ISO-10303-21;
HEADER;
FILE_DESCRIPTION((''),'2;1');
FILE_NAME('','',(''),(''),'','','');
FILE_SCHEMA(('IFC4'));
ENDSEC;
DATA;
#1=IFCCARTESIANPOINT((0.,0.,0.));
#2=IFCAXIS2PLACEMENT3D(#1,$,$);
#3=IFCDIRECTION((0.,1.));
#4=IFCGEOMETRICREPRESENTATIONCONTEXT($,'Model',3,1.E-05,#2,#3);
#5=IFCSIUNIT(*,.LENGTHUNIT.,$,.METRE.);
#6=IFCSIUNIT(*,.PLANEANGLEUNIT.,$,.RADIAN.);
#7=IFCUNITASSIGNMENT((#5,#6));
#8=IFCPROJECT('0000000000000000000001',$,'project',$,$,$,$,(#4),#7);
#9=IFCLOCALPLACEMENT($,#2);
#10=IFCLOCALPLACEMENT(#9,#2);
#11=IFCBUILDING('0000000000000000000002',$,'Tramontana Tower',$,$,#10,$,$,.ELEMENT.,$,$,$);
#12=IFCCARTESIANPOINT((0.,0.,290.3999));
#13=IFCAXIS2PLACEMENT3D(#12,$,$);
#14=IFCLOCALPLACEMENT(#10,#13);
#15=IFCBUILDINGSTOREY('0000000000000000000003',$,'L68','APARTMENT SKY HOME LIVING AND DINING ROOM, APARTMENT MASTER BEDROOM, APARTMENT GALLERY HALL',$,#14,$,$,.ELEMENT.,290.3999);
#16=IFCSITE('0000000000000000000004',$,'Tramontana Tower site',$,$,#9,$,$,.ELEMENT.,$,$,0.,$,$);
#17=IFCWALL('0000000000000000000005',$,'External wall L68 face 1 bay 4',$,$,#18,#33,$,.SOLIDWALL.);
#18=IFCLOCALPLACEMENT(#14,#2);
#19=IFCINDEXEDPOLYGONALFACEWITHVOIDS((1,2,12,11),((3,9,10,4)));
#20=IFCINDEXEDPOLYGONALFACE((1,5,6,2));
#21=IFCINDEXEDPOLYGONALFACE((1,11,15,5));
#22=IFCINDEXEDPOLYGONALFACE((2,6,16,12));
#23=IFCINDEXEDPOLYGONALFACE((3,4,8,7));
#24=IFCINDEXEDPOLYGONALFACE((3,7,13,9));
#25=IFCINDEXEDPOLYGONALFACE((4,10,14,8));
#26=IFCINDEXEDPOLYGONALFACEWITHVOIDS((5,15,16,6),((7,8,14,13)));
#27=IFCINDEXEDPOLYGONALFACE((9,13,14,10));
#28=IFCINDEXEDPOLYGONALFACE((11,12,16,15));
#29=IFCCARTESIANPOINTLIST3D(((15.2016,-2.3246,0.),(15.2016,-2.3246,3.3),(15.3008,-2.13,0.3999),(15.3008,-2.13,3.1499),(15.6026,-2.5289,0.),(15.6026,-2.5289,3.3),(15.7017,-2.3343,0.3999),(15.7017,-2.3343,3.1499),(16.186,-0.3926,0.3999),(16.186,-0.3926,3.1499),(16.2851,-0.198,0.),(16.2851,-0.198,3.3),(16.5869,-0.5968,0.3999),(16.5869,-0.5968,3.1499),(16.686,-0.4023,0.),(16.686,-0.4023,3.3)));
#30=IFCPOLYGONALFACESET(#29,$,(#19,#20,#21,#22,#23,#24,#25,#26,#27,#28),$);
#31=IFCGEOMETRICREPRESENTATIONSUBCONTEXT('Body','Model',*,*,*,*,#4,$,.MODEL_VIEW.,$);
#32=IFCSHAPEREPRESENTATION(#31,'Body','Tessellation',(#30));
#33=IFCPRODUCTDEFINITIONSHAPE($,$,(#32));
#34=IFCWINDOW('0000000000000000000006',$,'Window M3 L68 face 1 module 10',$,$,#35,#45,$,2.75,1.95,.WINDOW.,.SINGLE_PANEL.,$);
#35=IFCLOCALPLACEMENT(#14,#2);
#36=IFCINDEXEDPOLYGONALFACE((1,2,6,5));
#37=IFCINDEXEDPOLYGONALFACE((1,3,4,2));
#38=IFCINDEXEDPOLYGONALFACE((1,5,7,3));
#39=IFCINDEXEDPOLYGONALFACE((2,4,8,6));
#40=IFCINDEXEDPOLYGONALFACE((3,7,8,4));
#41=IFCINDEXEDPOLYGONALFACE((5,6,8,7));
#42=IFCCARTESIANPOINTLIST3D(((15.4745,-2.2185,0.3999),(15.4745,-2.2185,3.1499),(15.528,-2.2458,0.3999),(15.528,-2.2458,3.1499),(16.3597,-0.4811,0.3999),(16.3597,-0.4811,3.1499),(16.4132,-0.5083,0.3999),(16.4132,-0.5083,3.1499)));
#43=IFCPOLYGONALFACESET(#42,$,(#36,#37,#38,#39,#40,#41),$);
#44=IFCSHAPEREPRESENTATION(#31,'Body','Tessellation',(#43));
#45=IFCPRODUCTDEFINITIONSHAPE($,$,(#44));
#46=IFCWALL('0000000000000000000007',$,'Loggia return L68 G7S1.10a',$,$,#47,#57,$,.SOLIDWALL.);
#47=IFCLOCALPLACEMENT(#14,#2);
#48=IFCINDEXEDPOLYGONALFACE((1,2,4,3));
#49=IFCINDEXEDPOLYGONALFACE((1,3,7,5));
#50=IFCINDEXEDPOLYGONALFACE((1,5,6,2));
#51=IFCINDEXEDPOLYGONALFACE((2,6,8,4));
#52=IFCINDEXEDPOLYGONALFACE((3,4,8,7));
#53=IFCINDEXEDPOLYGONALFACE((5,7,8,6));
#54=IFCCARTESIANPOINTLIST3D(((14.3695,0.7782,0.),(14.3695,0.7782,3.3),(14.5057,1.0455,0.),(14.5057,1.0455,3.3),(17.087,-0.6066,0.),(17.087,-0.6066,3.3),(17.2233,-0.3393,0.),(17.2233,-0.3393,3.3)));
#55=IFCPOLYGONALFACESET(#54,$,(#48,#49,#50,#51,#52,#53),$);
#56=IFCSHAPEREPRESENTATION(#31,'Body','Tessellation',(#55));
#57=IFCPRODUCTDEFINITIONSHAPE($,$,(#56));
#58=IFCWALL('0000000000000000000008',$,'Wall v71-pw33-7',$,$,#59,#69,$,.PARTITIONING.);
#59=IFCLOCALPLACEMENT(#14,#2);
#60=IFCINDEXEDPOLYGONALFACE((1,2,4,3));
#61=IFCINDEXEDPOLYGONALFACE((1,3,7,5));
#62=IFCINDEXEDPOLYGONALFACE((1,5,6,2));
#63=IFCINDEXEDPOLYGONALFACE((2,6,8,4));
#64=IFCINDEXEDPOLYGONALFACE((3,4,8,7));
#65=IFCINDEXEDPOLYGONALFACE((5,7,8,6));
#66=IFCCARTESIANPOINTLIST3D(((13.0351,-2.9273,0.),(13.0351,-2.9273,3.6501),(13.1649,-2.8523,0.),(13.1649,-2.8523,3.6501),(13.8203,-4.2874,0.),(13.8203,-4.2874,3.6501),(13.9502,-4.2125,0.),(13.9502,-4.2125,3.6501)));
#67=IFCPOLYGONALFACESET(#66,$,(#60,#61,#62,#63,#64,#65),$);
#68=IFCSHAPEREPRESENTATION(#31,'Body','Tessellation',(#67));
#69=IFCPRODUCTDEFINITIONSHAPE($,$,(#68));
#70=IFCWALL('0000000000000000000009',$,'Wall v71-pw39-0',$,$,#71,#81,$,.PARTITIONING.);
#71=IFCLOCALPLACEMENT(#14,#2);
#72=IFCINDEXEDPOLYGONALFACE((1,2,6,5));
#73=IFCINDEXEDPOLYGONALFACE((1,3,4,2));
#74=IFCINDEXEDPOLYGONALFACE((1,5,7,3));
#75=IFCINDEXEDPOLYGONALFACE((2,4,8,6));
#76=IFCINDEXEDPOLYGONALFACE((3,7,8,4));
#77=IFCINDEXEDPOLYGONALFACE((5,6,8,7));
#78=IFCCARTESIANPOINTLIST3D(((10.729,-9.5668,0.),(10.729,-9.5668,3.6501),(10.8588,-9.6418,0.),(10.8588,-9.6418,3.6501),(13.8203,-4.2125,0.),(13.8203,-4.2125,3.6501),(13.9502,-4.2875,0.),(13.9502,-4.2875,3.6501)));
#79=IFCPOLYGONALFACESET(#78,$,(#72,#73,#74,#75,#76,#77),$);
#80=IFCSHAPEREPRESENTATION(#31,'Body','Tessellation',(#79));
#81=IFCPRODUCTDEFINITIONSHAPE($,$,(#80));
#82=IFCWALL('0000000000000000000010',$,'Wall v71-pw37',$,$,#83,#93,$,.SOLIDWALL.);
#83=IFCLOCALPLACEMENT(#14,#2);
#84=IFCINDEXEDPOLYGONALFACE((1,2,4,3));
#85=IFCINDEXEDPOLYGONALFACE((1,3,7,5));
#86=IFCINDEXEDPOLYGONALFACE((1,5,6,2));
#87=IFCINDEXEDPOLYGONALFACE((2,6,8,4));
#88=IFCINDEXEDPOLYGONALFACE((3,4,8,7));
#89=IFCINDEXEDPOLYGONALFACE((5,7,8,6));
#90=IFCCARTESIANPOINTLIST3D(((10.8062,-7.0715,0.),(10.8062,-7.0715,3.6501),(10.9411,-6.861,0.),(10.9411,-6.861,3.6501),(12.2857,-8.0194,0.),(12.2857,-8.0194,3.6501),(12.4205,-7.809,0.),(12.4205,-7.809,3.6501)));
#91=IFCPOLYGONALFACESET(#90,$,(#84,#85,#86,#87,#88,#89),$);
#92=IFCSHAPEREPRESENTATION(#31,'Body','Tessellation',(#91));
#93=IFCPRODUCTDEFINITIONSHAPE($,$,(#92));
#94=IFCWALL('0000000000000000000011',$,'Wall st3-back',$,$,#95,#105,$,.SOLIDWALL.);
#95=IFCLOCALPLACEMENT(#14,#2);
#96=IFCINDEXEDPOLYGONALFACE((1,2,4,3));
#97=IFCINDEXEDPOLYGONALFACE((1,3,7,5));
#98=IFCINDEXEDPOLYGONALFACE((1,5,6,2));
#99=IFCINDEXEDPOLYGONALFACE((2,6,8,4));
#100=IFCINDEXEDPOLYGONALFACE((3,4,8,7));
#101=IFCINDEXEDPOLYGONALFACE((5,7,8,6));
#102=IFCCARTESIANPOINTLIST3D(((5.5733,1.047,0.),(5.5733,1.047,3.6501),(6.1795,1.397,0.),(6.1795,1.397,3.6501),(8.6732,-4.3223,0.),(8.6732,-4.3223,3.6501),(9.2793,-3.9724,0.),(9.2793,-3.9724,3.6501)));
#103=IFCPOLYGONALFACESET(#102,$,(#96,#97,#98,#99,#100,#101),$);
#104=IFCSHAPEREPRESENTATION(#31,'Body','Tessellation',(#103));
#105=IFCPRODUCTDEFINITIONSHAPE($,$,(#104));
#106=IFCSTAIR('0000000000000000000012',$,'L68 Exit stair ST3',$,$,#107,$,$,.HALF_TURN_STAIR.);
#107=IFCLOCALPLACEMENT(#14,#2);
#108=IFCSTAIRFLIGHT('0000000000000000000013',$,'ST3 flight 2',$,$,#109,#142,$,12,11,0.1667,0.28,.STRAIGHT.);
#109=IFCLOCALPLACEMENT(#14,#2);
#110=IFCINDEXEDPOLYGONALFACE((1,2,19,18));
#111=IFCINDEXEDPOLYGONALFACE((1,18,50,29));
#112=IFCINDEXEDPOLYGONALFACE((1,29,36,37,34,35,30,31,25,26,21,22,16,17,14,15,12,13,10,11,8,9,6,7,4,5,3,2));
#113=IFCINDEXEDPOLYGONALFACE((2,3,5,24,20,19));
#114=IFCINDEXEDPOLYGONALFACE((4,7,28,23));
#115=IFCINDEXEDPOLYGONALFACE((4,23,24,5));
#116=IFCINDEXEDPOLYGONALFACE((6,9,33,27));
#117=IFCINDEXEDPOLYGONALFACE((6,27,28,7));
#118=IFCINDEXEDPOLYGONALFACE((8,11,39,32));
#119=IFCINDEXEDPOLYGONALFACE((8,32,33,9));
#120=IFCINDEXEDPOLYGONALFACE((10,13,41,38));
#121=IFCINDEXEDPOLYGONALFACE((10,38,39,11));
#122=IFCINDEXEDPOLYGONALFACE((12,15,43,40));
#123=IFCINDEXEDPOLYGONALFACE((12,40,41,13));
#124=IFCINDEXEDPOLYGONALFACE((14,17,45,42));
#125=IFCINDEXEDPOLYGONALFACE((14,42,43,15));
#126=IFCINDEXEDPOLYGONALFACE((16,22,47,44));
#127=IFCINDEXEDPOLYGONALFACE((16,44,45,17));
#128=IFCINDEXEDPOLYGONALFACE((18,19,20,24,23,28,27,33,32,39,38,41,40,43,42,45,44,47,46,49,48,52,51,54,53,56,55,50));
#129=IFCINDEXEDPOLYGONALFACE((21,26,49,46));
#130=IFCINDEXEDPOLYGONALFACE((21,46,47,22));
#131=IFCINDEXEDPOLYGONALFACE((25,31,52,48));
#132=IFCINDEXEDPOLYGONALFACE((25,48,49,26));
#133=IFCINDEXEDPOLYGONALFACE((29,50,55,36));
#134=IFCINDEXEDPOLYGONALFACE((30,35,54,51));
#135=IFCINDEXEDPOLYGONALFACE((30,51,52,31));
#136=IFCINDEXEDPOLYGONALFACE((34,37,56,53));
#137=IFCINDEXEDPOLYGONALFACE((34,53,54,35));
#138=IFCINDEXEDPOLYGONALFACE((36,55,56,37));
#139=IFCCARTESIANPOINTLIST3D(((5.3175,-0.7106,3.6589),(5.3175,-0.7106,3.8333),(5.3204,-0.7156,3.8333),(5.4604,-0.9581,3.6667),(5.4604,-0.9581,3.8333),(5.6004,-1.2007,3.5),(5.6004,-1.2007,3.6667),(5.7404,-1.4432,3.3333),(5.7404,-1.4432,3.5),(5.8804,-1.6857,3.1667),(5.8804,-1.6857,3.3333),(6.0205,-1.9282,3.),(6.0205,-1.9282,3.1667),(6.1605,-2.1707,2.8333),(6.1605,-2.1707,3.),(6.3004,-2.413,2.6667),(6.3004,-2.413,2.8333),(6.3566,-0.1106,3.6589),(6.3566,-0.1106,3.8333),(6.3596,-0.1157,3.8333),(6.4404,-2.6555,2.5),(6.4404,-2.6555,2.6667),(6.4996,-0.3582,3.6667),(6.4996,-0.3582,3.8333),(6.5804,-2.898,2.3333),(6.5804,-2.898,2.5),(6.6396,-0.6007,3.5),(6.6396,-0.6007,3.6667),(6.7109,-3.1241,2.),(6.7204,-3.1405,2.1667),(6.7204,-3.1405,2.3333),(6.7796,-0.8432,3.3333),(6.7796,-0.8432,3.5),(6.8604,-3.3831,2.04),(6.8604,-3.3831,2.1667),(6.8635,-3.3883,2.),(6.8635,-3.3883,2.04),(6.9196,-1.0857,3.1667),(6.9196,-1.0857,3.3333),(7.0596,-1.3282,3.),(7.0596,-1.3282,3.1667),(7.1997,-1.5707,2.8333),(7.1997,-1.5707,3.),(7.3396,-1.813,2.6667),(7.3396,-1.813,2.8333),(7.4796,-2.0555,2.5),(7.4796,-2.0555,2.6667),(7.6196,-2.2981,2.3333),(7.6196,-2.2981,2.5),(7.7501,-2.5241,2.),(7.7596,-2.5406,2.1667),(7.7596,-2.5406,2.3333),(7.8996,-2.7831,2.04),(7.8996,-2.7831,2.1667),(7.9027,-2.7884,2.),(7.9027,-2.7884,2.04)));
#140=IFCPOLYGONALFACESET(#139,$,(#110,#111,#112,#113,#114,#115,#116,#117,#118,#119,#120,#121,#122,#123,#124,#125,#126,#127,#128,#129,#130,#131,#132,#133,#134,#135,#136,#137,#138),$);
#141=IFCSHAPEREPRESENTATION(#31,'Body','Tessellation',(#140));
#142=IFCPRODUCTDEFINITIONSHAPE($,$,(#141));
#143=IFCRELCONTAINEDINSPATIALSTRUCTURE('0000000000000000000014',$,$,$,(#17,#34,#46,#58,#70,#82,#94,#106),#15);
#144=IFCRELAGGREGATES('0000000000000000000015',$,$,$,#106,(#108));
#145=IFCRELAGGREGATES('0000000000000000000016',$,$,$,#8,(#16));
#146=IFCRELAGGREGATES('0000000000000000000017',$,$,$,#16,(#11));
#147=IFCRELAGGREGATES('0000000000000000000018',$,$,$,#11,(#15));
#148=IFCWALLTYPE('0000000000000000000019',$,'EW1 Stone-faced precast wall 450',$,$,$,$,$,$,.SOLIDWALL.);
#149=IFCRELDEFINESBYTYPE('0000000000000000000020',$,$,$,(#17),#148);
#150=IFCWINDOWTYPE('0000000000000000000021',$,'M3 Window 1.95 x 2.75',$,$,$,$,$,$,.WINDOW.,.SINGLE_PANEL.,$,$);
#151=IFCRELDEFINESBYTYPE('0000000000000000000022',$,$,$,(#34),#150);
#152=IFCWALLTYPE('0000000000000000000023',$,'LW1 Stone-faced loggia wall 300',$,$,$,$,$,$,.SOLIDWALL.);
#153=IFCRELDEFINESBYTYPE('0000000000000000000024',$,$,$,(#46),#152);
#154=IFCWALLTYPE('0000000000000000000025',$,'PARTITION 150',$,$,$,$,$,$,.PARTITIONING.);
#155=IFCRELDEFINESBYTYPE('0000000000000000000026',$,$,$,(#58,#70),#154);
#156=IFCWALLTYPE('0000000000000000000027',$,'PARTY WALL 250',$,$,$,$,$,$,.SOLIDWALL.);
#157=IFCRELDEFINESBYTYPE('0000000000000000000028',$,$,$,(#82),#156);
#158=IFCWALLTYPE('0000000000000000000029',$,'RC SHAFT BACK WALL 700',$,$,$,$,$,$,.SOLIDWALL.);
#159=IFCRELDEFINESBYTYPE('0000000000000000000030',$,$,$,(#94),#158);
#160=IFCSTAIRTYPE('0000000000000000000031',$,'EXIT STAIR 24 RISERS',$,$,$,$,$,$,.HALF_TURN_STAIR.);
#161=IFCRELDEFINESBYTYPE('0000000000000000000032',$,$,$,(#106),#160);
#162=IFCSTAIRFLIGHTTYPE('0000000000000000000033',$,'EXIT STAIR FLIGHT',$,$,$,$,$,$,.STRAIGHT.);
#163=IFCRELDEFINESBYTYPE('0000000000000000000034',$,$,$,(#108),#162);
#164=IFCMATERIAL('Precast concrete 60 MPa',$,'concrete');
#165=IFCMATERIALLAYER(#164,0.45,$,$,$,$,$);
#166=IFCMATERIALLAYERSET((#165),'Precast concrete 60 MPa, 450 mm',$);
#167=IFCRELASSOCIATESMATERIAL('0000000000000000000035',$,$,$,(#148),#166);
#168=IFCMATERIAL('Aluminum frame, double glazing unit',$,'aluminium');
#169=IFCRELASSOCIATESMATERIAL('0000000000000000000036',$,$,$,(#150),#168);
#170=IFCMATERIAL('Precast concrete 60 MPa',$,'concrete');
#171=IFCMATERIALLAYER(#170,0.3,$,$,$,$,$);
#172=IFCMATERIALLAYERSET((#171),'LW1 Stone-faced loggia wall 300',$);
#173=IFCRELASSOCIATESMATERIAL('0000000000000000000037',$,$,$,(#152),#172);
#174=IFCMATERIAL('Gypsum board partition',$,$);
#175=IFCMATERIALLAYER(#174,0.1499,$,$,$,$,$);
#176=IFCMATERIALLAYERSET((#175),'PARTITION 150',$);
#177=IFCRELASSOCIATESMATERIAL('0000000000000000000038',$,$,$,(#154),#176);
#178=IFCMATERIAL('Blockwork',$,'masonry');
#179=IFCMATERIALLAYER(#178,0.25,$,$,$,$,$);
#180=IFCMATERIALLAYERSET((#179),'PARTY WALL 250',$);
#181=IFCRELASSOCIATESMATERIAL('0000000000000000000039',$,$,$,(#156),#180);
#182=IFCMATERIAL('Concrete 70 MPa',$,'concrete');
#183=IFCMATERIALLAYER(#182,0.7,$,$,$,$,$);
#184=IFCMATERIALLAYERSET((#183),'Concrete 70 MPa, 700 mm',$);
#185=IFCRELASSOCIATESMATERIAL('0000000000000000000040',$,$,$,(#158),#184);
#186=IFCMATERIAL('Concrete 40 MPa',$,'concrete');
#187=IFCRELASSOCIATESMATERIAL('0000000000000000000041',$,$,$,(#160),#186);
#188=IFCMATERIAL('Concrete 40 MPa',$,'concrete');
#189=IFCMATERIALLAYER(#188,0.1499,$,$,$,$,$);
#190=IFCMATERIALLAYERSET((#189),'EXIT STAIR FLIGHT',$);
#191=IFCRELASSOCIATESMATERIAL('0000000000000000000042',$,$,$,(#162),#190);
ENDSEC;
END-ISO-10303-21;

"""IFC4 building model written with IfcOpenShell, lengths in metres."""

from ifc_helpers import new_model, si_unit, direction, frame, frame_2d, origin, place, context, subcontext, project, spatial, polyline, rectangle, outline, extrude, material, layer, layer_set, type_object, element, fill, aggregate, save


model = new_model("IFC4")

# Units and contexts
model_context = context("Model", 3, precision=1e-05, world=origin(), true_north=direction((0.0, 1.0)))
body_context = subcontext(model_context, "Body", "Model", "MODEL_VIEW")
ifc_project = project(units=[si_unit("LENGTHUNIT", "METRE"), si_unit("PLANEANGLEUNIT", "RADIAN")], contexts=[model_context])

# Site, building, storey
site_placement = place(None, origin())
site = spatial("IfcSite", under=ifc_project, at=site_placement, Name="Tramontana Tower site", CompositionType="ELEMENT", RefElevation=0.0)
building_placement = place(site_placement, origin())
building = spatial("IfcBuilding", under=site, at=building_placement, Name="Tramontana Tower", CompositionType="ELEMENT")
storey_placement = place(building_placement, frame((0.0, 0.0, 290.3999)))
storey = spatial("IfcBuildingStorey", under=building, at=storey_placement, Name="L68", Description="APARTMENT SKY HOME LIVING AND DINING ROOM, APARTMENT MASTER BEDROOM, APARTMENT GALLERY HALL", CompositionType="ELEMENT", Elevation=290.3999)

# Wall, opening, window
ifc_material_1 = material(Name="Precast concrete 60 MPa", Category="concrete")
ifc_layer_1 = layer(ifc_material_1, 0.45)
ifc_layer_set_1 = layer_set([ifc_layer_1], Name="Precast concrete 60 MPa, 450 mm")
wall_type_1 = type_object("IfcWallType", Name="EW1 Stone-faced precast wall 450", PredefinedType="SOLIDWALL", material=ifc_layer_set_1)
wall_1_placement = place(storey_placement, frame((15.4021, -2.4268, 0.0), z_axis=(0.0, 0.0, 1.0), x_axis=(0.453952, 0.891026, 0.0)))
wall_1 = element("IfcWall", 1, at=wall_1_placement, inside=storey, type_object=wall_type_1, Name="External wall L68 face 1 bay 4", PredefinedType="SOLIDWALL", context=body_context, shape_type="SweptSolid", body=[
    extrude(rectangle(XDim=2.3867, YDim=0.45, at=frame_2d((1.1934, 0.0))), origin(), (0.0, 0.0, 1.0), 3.3),
])
opening_1_placement = place(wall_1_placement, frame((0.2183, 0.0, 0.3999)))
opening_1 = element("IfcOpeningElement", 2, at=opening_1_placement, cuts=wall_1, PredefinedType="OPENING", context=body_context, shape_type="SweptSolid", body=[
    extrude(rectangle(XDim=1.95, YDim=2.75, at=frame_2d((0.9751, 1.375))), frame((0.0, 0.2349, 0.0), z_axis=(0.0, -1.0, 0.0), x_axis=(1.0, 0.0, 0.0)), (0.0, 0.0, 1.0), 0.47),
])
ifc_material_2 = material(Name="Aluminum frame, double glazing unit", Category="aluminium")
window_type = type_object("IfcWindowType", Name="M3 Window 1.95 x 2.75", PartitioningType="SINGLE_PANEL", PredefinedType="WINDOW", material=ifc_material_2)
window_placement = place(opening_1_placement, origin())
window = element("IfcWindow", 3, at=window_placement, inside=storey, type_object=window_type, Name="Window M3 L68 face 1 module 10", OverallHeight=2.75, OverallWidth=1.95, PartitioningType="SINGLE_PANEL", PredefinedType="WINDOW", context=body_context, shape_type="SweptSolid", body=[
    extrude(rectangle(XDim=1.95, YDim=2.75, at=frame_2d((0.9751, 1.375))), frame((0.0, 0.03, 0.0), z_axis=(0.0, -1.0, 0.0), x_axis=(1.0, 0.0, 0.0)), (0.0, 0.0, 1.0), 0.0601),
])
fill(opening_1, window)

# Wall
ifc_material_3 = material(Name="Precast concrete 60 MPa", Category="concrete")
ifc_layer_2 = layer(ifc_material_3, 0.3)
ifc_layer_set_2 = layer_set([ifc_layer_2], Name="LW1 Stone-faced loggia wall 300")
wall_type_2 = type_object("IfcWallType", Name="LW1 Stone-faced loggia wall 300", PredefinedType="SOLIDWALL", material=ifc_layer_set_2)
wall_2_placement = place(storey_placement, frame((17.155, -0.4729, 0.0), z_axis=(0.0, 0.0, 1.0), x_axis=(-0.890991, 0.454021, 0.0)))
element("IfcWall", 4, at=wall_2_placement, inside=storey, type_object=wall_type_2, Name="Loggia return L68 G7S1.10a", PredefinedType="SOLIDWALL", context=body_context, shape_type="SweptSolid", body=[
    extrude(rectangle(XDim=3.05, YDim=0.3, at=frame_2d((1.5249, 0.0))), origin(), (0.0, 0.0, 1.0), 3.3),
])

# Shared definitions
ifc_material_4 = material(Name="Gypsum board partition")
ifc_layer_3 = layer(ifc_material_4, 0.1499)
ifc_layer_set_3 = layer_set([ifc_layer_3], Name="PARTITION 150")
wall_type_3 = type_object("IfcWallType", Name="PARTITION 150", PredefinedType="PARTITIONING", material=ifc_layer_set_3)

# Walls
wall_3_placement = place(storey_placement, frame((13.1001, -2.8899, 0.0), z_axis=(0.0, 0.0, 1.0), x_axis=(0.499951, -0.866054, 0.0)))
element("IfcWall", 5, at=wall_3_placement, inside=storey, type_object=wall_type_3, Name="Wall v71-pw33-7", PredefinedType="PARTITIONING", context=body_context, shape_type="SweptSolid", body=[
    extrude(rectangle(XDim=1.5706, YDim=0.1499, at=frame_2d((0.7852, 0.0))), origin(), (0.0, 0.0, 1.0), 3.6501),
])
wall_4_placement = place(storey_placement, frame((13.8853, -4.25, 0.0), z_axis=(0.0, 0.0, 1.0), x_axis=(-0.500004, -0.866023, 0.0)))
element("IfcWall", 6, at=wall_4_placement, inside=storey, type_object=wall_type_3, Name="Wall v71-pw39-0", PredefinedType="PARTITIONING", context=body_context, shape_type="SweptSolid", body=[
    extrude(rectangle(XDim=6.1826, YDim=0.1499, at=frame_2d((3.0913, 0.0))), origin(), (0.0, 0.0, 1.0), 3.6501),
])
ifc_material_5 = material(Name="Blockwork", Category="masonry")
ifc_layer_4 = layer(ifc_material_5, 0.25)
ifc_layer_set_4 = layer_set([ifc_layer_4], Name="PARTY WALL 250")
wall_type_4 = type_object("IfcWallType", Name="PARTY WALL 250", PredefinedType="SOLIDWALL", material=ifc_layer_set_4)
wall_5_placement = place(storey_placement, frame((10.8738, -6.9663, 0.0), z_axis=(0.0, 0.0, 1.0), x_axis=(0.841981, -0.539507, 0.0)))
element("IfcWall", 7, at=wall_5_placement, inside=storey, type_object=wall_type_4, Name="Wall v71-pw37", PredefinedType="SOLIDWALL", context=body_context, shape_type="SweptSolid", body=[
    extrude(rectangle(XDim=1.7571, YDim=0.25, at=frame_2d((0.8784, 0.0))), origin(), (0.0, 0.0, 1.0), 3.6501),
])
ifc_material_6 = material(Name="Concrete 70 MPa", Category="concrete")
ifc_layer_5 = layer(ifc_material_6, 0.7)
ifc_layer_set_5 = layer_set([ifc_layer_5], Name="Concrete 70 MPa, 700 mm")
wall_type_5 = type_object("IfcWallType", Name="RC SHAFT BACK WALL 700", PredefinedType="SOLIDWALL", material=ifc_layer_set_5)
wall_6_placement = place(storey_placement, frame((8.9763, -4.1475, 0.0), z_axis=(0.0, 0.0, 1.0), x_axis=(-0.49998, 0.866037, 0.0)))
element("IfcWall", 8, at=wall_6_placement, inside=storey, type_object=wall_type_5, Name="Wall st3-back", PredefinedType="SOLIDWALL", context=body_context, shape_type="SweptSolid", body=[
    extrude(rectangle(XDim=6.2, YDim=0.7, at=frame_2d((3.1001, 0.0))), origin(), (0.0, 0.0, 1.0), 3.6501),
])

# Stair, stair flight
ifc_material_7 = material(Name="Concrete 40 MPa", Category="concrete")
stair_type = type_object("IfcStairType", Name="EXIT STAIR 24 RISERS", PredefinedType="HALF_TURN_STAIR", material=ifc_material_7)
stair_placement = place(storey_placement, origin())
stair = element("IfcStair", 9, at=stair_placement, inside=storey, type_object=stair_type, Name="L68 Exit stair ST3", PredefinedType="HALF_TURN_STAIR")
ifc_material_8 = material(Name="Concrete 40 MPa", Category="concrete")
ifc_layer_6 = layer(ifc_material_8, 0.1499)
ifc_layer_set_6 = layer_set([ifc_layer_6], Name="EXIT STAIR FLIGHT")
stair_flight_type = type_object("IfcStairFlightType", Name="EXIT STAIR FLIGHT", PredefinedType="STRAIGHT", material=ifc_layer_set_6)
stair_flight_placement = place(storey_placement, frame((7.3801, -3.083, 2.0), z_axis=(0.0, 0.0, 1.0), x_axis=(-0.5, 0.866025, 0.0)))
stair_flight = element("IfcStairFlight", 10, at=stair_flight_placement, type_object=stair_flight_type, Name="ST3 flight 2", NumberOfRisers=12, NumberOfTreads=11, PredefinedType="STRAIGHT", RiserHeight=0.1667, TreadLength=0.28, context=body_context, shape_type="SweptSolid", body=[
    extrude(outline(polyline([(-0.0061, 0.0), (-0.0061, 0.04), (0.0, 0.04), (0.0, 0.1667), (0.28, 0.1667), (0.28, 0.3333), (0.5601, 0.3333), (0.5601, 0.5), (0.8401, 0.5), (0.8401, 0.6667), (1.1201, 0.6667), (1.1201, 0.8333), (1.3999, 0.8333), (1.3999, 1.0), (1.6799, 1.0), (1.6799, 1.1667), (1.96, 1.1667), (1.96, 1.3333), (2.24, 1.3333), (2.24, 1.5), (2.52, 1.5), (2.52, 1.6667), (2.8, 1.6667), (2.8, 1.8333), (3.0801, 1.8333), (3.0859, 1.8333), (3.0859, 1.6589), (0.2991, 0.0), (-0.0061, 0.0)])), frame((0.0, 0.6001, 0.0), z_axis=(0.0, -1.0, 0.0), x_axis=(1.0, 0.0, 0.0)), (0.0, 0.0, 1.0), 1.2),
])
aggregate(stair, [stair_flight])

save(model, "model.ifc")
